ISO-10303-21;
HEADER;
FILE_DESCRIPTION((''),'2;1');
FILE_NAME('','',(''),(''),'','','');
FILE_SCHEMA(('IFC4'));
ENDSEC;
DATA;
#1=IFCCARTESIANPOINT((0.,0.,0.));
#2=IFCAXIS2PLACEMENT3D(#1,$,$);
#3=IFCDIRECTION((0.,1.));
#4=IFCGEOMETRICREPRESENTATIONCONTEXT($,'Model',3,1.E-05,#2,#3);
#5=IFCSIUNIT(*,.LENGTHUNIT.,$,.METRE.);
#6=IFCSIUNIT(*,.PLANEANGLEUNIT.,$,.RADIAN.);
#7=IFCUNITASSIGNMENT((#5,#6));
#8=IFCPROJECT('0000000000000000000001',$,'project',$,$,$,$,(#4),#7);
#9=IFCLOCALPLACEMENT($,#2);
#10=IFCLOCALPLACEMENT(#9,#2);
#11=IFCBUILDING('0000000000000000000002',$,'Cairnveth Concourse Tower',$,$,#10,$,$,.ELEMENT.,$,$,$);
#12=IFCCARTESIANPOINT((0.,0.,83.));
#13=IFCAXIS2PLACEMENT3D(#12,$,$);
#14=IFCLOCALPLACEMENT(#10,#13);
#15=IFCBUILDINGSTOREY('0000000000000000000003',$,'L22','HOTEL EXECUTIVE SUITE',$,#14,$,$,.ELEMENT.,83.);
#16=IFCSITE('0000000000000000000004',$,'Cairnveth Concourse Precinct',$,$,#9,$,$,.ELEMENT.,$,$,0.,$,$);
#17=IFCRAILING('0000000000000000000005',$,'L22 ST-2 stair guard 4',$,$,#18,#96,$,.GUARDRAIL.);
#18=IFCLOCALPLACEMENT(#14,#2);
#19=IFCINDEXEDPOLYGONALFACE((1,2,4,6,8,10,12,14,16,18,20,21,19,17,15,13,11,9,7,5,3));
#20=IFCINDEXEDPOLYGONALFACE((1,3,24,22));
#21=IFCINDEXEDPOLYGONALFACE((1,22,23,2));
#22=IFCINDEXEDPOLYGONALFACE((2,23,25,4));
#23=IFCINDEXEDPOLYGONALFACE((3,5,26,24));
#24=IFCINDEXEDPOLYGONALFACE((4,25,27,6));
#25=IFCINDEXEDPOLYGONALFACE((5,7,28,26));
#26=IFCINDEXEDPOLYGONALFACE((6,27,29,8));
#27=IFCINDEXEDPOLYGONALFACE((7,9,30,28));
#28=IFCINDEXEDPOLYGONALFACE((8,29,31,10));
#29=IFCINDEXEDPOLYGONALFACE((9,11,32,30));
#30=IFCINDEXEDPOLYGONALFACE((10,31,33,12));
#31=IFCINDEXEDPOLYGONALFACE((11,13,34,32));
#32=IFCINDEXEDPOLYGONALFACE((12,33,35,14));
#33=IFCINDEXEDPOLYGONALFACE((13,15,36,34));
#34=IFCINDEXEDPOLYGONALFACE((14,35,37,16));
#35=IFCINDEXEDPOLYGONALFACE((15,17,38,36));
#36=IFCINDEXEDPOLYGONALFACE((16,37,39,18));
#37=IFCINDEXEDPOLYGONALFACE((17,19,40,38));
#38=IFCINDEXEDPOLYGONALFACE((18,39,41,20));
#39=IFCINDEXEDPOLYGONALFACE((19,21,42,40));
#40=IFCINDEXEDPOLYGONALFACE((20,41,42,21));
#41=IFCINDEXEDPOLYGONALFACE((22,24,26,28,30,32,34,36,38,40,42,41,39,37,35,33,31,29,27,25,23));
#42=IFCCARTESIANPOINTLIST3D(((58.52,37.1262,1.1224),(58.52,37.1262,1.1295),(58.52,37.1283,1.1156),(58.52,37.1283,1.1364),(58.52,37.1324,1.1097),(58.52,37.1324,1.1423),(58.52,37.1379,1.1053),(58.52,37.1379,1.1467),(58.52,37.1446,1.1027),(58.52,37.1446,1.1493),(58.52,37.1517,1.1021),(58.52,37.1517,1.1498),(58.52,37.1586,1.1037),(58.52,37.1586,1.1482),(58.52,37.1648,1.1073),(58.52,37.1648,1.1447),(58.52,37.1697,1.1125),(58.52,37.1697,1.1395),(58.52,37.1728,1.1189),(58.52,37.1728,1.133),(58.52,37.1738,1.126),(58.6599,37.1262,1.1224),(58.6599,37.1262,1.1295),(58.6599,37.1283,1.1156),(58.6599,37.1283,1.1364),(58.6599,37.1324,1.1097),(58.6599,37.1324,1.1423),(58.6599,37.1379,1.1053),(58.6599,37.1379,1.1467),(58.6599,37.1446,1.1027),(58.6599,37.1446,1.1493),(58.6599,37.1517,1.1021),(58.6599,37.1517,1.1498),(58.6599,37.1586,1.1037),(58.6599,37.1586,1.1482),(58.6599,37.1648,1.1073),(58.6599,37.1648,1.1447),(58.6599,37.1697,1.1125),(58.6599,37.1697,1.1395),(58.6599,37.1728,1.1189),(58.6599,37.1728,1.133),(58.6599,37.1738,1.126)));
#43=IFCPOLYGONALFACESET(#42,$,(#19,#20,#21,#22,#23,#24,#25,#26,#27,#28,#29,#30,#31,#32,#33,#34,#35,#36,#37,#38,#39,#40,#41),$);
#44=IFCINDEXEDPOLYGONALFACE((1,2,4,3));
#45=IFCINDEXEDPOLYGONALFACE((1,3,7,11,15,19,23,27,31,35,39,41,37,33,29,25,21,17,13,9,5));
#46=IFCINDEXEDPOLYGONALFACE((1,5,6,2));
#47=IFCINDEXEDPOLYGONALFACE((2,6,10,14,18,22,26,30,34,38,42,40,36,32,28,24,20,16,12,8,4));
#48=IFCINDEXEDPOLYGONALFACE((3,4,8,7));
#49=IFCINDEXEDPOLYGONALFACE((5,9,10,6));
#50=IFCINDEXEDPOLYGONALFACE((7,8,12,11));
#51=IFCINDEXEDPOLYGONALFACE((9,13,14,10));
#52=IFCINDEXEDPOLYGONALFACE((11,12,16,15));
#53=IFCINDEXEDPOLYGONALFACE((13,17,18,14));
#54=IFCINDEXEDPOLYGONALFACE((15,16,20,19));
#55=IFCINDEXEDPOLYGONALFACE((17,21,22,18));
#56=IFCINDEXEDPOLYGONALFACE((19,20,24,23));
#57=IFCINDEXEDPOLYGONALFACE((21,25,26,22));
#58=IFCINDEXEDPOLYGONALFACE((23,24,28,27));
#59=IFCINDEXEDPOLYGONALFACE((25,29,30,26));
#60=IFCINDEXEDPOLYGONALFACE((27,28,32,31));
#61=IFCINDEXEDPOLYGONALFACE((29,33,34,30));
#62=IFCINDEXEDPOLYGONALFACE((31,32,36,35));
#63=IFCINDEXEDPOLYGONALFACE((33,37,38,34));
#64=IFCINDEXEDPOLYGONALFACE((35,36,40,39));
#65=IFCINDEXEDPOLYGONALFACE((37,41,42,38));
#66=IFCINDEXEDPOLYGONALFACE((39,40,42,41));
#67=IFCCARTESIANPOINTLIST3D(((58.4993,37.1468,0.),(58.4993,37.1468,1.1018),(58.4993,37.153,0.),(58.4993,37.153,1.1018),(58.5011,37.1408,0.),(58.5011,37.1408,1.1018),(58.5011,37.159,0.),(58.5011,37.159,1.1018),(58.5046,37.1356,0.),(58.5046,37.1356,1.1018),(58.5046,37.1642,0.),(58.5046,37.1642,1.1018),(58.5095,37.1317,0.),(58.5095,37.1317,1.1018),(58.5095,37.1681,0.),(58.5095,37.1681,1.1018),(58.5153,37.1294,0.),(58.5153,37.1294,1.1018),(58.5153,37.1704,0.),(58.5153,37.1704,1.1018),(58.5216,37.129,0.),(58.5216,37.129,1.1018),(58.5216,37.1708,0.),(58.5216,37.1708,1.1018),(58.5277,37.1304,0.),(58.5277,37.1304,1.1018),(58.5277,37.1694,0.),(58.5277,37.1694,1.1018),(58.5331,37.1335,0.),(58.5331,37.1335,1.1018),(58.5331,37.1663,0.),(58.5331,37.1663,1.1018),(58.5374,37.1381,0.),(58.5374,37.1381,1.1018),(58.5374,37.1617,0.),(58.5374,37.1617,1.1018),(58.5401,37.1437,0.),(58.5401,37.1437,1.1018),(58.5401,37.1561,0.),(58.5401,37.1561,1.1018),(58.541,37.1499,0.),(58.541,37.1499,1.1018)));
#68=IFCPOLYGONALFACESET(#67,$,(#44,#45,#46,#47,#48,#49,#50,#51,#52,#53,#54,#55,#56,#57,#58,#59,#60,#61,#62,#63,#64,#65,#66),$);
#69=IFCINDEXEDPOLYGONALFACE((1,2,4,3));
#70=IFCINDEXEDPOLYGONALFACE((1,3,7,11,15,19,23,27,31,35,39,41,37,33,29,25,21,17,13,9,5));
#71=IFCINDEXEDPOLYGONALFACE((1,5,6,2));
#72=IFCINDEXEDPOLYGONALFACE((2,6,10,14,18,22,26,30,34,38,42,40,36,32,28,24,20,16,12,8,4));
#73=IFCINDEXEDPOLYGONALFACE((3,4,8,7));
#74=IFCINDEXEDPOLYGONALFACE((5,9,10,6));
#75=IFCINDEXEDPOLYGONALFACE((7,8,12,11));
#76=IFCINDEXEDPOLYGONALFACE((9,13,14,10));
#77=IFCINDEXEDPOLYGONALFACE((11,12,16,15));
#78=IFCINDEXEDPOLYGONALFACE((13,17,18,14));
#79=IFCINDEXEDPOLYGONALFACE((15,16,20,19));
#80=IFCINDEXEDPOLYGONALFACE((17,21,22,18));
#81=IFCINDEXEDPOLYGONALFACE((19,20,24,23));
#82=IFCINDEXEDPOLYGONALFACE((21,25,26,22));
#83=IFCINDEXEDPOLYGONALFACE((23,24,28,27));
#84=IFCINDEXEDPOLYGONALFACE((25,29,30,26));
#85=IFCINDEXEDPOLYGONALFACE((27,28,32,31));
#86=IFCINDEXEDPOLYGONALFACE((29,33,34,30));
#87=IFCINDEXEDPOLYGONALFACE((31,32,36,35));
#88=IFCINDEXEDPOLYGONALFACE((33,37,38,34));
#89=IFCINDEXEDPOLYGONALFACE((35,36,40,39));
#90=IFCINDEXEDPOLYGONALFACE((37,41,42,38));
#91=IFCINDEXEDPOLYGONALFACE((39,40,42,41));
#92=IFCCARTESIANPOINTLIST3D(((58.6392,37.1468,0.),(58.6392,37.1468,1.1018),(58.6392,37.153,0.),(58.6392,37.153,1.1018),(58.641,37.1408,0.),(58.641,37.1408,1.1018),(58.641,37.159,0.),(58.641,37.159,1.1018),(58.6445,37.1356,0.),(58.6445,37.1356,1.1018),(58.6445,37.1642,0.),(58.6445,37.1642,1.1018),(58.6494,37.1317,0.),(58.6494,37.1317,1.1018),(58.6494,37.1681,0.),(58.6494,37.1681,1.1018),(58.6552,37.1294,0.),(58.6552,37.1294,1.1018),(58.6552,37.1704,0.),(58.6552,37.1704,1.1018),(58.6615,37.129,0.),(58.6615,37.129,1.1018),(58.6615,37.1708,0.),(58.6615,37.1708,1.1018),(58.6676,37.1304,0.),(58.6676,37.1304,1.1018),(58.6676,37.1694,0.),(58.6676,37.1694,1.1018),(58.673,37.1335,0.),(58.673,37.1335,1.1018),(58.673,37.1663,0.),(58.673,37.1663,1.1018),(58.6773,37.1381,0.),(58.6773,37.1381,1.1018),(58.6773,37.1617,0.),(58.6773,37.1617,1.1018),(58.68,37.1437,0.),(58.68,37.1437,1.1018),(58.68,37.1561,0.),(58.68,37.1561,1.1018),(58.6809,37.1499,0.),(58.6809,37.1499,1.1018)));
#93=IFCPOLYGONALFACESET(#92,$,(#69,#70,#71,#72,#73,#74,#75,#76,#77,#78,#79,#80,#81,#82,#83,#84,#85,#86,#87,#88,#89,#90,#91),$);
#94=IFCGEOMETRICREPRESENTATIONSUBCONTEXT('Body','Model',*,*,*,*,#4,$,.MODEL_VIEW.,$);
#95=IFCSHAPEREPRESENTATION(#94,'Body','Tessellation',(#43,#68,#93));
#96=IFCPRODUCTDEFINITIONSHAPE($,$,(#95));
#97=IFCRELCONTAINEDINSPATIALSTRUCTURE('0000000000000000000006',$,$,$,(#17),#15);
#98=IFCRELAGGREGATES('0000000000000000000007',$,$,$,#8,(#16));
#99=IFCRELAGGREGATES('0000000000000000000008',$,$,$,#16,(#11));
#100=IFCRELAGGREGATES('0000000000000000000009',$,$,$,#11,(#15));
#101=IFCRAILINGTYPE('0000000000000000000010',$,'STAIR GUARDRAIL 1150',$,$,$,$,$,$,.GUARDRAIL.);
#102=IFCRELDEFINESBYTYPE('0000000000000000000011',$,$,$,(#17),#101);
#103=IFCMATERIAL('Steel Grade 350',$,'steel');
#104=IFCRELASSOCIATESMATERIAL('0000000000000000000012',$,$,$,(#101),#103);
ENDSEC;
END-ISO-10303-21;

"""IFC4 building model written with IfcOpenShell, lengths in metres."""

from ifc_helpers import new_model, si_unit, direction, frame, origin, origin_2d, place, context, subcontext, project, spatial, circle, extrude, material, type_object, element, save


model = new_model("IFC4")

# Units and contexts
model_context = context("Model", 3, precision=1e-05, world=origin(), true_north=direction((0.0, 1.0)))
body_context = subcontext(model_context, "Body", "Model", "MODEL_VIEW")
ifc_project = project(units=[si_unit("LENGTHUNIT", "METRE"), si_unit("PLANEANGLEUNIT", "RADIAN")], contexts=[model_context])

# Site, building, storey
site_placement = place(None, origin())
site = spatial("IfcSite", under=ifc_project, at=site_placement, Name="Cairnveth Concourse Precinct", CompositionType="ELEMENT", RefElevation=0.0)
building_placement = place(site_placement, origin())
building = spatial("IfcBuilding", under=site, at=building_placement, Name="Cairnveth Concourse Tower", CompositionType="ELEMENT")
storey_placement = place(building_placement, frame((0.0, 0.0, 83.0)))
storey = spatial("IfcBuildingStorey", under=building, at=storey_placement, Name="L22", Description="HOTEL EXECUTIVE SUITE", CompositionType="ELEMENT", Elevation=83.0)

# Shared definitions
ifc_material_1 = material(Name="Steel Grade 350", Category="steel")

# Railing
railing_type_1 = type_object("IfcRailingType", Name="STAIR GUARDRAIL 1150", PredefinedType="GUARDRAIL", material=ifc_material_1)
railing_1_placement = place(storey_placement, frame((58.52, 37.1499, 0.0)))
element("IfcRailing", 1, at=railing_1_placement, inside=storey, type_object=railing_type_1, Name="L22 ST-2 stair guard 4", PredefinedType="GUARDRAIL", context=body_context, shape_type="SweptSolid", body=[
    extrude(circle(Radius=0.0239, at=origin_2d()), frame((0.0, 0.0, 1.126), z_axis=(1.0, 0.0, 0.0), x_axis=(0.0, 1.0, 0.0)), (0.0, 0.0, 1.0), 0.1399),
    extrude(circle(Radius=0.021, at=origin_2d()), origin(), (0.0, 0.0, 1.0), 1.1018),
    extrude(circle(Radius=0.021, at=origin_2d()), frame((0.1399, 0.0, 0.0)), (0.0, 0.0, 1.0), 1.1018),
])

save(model, "model.ifc")
